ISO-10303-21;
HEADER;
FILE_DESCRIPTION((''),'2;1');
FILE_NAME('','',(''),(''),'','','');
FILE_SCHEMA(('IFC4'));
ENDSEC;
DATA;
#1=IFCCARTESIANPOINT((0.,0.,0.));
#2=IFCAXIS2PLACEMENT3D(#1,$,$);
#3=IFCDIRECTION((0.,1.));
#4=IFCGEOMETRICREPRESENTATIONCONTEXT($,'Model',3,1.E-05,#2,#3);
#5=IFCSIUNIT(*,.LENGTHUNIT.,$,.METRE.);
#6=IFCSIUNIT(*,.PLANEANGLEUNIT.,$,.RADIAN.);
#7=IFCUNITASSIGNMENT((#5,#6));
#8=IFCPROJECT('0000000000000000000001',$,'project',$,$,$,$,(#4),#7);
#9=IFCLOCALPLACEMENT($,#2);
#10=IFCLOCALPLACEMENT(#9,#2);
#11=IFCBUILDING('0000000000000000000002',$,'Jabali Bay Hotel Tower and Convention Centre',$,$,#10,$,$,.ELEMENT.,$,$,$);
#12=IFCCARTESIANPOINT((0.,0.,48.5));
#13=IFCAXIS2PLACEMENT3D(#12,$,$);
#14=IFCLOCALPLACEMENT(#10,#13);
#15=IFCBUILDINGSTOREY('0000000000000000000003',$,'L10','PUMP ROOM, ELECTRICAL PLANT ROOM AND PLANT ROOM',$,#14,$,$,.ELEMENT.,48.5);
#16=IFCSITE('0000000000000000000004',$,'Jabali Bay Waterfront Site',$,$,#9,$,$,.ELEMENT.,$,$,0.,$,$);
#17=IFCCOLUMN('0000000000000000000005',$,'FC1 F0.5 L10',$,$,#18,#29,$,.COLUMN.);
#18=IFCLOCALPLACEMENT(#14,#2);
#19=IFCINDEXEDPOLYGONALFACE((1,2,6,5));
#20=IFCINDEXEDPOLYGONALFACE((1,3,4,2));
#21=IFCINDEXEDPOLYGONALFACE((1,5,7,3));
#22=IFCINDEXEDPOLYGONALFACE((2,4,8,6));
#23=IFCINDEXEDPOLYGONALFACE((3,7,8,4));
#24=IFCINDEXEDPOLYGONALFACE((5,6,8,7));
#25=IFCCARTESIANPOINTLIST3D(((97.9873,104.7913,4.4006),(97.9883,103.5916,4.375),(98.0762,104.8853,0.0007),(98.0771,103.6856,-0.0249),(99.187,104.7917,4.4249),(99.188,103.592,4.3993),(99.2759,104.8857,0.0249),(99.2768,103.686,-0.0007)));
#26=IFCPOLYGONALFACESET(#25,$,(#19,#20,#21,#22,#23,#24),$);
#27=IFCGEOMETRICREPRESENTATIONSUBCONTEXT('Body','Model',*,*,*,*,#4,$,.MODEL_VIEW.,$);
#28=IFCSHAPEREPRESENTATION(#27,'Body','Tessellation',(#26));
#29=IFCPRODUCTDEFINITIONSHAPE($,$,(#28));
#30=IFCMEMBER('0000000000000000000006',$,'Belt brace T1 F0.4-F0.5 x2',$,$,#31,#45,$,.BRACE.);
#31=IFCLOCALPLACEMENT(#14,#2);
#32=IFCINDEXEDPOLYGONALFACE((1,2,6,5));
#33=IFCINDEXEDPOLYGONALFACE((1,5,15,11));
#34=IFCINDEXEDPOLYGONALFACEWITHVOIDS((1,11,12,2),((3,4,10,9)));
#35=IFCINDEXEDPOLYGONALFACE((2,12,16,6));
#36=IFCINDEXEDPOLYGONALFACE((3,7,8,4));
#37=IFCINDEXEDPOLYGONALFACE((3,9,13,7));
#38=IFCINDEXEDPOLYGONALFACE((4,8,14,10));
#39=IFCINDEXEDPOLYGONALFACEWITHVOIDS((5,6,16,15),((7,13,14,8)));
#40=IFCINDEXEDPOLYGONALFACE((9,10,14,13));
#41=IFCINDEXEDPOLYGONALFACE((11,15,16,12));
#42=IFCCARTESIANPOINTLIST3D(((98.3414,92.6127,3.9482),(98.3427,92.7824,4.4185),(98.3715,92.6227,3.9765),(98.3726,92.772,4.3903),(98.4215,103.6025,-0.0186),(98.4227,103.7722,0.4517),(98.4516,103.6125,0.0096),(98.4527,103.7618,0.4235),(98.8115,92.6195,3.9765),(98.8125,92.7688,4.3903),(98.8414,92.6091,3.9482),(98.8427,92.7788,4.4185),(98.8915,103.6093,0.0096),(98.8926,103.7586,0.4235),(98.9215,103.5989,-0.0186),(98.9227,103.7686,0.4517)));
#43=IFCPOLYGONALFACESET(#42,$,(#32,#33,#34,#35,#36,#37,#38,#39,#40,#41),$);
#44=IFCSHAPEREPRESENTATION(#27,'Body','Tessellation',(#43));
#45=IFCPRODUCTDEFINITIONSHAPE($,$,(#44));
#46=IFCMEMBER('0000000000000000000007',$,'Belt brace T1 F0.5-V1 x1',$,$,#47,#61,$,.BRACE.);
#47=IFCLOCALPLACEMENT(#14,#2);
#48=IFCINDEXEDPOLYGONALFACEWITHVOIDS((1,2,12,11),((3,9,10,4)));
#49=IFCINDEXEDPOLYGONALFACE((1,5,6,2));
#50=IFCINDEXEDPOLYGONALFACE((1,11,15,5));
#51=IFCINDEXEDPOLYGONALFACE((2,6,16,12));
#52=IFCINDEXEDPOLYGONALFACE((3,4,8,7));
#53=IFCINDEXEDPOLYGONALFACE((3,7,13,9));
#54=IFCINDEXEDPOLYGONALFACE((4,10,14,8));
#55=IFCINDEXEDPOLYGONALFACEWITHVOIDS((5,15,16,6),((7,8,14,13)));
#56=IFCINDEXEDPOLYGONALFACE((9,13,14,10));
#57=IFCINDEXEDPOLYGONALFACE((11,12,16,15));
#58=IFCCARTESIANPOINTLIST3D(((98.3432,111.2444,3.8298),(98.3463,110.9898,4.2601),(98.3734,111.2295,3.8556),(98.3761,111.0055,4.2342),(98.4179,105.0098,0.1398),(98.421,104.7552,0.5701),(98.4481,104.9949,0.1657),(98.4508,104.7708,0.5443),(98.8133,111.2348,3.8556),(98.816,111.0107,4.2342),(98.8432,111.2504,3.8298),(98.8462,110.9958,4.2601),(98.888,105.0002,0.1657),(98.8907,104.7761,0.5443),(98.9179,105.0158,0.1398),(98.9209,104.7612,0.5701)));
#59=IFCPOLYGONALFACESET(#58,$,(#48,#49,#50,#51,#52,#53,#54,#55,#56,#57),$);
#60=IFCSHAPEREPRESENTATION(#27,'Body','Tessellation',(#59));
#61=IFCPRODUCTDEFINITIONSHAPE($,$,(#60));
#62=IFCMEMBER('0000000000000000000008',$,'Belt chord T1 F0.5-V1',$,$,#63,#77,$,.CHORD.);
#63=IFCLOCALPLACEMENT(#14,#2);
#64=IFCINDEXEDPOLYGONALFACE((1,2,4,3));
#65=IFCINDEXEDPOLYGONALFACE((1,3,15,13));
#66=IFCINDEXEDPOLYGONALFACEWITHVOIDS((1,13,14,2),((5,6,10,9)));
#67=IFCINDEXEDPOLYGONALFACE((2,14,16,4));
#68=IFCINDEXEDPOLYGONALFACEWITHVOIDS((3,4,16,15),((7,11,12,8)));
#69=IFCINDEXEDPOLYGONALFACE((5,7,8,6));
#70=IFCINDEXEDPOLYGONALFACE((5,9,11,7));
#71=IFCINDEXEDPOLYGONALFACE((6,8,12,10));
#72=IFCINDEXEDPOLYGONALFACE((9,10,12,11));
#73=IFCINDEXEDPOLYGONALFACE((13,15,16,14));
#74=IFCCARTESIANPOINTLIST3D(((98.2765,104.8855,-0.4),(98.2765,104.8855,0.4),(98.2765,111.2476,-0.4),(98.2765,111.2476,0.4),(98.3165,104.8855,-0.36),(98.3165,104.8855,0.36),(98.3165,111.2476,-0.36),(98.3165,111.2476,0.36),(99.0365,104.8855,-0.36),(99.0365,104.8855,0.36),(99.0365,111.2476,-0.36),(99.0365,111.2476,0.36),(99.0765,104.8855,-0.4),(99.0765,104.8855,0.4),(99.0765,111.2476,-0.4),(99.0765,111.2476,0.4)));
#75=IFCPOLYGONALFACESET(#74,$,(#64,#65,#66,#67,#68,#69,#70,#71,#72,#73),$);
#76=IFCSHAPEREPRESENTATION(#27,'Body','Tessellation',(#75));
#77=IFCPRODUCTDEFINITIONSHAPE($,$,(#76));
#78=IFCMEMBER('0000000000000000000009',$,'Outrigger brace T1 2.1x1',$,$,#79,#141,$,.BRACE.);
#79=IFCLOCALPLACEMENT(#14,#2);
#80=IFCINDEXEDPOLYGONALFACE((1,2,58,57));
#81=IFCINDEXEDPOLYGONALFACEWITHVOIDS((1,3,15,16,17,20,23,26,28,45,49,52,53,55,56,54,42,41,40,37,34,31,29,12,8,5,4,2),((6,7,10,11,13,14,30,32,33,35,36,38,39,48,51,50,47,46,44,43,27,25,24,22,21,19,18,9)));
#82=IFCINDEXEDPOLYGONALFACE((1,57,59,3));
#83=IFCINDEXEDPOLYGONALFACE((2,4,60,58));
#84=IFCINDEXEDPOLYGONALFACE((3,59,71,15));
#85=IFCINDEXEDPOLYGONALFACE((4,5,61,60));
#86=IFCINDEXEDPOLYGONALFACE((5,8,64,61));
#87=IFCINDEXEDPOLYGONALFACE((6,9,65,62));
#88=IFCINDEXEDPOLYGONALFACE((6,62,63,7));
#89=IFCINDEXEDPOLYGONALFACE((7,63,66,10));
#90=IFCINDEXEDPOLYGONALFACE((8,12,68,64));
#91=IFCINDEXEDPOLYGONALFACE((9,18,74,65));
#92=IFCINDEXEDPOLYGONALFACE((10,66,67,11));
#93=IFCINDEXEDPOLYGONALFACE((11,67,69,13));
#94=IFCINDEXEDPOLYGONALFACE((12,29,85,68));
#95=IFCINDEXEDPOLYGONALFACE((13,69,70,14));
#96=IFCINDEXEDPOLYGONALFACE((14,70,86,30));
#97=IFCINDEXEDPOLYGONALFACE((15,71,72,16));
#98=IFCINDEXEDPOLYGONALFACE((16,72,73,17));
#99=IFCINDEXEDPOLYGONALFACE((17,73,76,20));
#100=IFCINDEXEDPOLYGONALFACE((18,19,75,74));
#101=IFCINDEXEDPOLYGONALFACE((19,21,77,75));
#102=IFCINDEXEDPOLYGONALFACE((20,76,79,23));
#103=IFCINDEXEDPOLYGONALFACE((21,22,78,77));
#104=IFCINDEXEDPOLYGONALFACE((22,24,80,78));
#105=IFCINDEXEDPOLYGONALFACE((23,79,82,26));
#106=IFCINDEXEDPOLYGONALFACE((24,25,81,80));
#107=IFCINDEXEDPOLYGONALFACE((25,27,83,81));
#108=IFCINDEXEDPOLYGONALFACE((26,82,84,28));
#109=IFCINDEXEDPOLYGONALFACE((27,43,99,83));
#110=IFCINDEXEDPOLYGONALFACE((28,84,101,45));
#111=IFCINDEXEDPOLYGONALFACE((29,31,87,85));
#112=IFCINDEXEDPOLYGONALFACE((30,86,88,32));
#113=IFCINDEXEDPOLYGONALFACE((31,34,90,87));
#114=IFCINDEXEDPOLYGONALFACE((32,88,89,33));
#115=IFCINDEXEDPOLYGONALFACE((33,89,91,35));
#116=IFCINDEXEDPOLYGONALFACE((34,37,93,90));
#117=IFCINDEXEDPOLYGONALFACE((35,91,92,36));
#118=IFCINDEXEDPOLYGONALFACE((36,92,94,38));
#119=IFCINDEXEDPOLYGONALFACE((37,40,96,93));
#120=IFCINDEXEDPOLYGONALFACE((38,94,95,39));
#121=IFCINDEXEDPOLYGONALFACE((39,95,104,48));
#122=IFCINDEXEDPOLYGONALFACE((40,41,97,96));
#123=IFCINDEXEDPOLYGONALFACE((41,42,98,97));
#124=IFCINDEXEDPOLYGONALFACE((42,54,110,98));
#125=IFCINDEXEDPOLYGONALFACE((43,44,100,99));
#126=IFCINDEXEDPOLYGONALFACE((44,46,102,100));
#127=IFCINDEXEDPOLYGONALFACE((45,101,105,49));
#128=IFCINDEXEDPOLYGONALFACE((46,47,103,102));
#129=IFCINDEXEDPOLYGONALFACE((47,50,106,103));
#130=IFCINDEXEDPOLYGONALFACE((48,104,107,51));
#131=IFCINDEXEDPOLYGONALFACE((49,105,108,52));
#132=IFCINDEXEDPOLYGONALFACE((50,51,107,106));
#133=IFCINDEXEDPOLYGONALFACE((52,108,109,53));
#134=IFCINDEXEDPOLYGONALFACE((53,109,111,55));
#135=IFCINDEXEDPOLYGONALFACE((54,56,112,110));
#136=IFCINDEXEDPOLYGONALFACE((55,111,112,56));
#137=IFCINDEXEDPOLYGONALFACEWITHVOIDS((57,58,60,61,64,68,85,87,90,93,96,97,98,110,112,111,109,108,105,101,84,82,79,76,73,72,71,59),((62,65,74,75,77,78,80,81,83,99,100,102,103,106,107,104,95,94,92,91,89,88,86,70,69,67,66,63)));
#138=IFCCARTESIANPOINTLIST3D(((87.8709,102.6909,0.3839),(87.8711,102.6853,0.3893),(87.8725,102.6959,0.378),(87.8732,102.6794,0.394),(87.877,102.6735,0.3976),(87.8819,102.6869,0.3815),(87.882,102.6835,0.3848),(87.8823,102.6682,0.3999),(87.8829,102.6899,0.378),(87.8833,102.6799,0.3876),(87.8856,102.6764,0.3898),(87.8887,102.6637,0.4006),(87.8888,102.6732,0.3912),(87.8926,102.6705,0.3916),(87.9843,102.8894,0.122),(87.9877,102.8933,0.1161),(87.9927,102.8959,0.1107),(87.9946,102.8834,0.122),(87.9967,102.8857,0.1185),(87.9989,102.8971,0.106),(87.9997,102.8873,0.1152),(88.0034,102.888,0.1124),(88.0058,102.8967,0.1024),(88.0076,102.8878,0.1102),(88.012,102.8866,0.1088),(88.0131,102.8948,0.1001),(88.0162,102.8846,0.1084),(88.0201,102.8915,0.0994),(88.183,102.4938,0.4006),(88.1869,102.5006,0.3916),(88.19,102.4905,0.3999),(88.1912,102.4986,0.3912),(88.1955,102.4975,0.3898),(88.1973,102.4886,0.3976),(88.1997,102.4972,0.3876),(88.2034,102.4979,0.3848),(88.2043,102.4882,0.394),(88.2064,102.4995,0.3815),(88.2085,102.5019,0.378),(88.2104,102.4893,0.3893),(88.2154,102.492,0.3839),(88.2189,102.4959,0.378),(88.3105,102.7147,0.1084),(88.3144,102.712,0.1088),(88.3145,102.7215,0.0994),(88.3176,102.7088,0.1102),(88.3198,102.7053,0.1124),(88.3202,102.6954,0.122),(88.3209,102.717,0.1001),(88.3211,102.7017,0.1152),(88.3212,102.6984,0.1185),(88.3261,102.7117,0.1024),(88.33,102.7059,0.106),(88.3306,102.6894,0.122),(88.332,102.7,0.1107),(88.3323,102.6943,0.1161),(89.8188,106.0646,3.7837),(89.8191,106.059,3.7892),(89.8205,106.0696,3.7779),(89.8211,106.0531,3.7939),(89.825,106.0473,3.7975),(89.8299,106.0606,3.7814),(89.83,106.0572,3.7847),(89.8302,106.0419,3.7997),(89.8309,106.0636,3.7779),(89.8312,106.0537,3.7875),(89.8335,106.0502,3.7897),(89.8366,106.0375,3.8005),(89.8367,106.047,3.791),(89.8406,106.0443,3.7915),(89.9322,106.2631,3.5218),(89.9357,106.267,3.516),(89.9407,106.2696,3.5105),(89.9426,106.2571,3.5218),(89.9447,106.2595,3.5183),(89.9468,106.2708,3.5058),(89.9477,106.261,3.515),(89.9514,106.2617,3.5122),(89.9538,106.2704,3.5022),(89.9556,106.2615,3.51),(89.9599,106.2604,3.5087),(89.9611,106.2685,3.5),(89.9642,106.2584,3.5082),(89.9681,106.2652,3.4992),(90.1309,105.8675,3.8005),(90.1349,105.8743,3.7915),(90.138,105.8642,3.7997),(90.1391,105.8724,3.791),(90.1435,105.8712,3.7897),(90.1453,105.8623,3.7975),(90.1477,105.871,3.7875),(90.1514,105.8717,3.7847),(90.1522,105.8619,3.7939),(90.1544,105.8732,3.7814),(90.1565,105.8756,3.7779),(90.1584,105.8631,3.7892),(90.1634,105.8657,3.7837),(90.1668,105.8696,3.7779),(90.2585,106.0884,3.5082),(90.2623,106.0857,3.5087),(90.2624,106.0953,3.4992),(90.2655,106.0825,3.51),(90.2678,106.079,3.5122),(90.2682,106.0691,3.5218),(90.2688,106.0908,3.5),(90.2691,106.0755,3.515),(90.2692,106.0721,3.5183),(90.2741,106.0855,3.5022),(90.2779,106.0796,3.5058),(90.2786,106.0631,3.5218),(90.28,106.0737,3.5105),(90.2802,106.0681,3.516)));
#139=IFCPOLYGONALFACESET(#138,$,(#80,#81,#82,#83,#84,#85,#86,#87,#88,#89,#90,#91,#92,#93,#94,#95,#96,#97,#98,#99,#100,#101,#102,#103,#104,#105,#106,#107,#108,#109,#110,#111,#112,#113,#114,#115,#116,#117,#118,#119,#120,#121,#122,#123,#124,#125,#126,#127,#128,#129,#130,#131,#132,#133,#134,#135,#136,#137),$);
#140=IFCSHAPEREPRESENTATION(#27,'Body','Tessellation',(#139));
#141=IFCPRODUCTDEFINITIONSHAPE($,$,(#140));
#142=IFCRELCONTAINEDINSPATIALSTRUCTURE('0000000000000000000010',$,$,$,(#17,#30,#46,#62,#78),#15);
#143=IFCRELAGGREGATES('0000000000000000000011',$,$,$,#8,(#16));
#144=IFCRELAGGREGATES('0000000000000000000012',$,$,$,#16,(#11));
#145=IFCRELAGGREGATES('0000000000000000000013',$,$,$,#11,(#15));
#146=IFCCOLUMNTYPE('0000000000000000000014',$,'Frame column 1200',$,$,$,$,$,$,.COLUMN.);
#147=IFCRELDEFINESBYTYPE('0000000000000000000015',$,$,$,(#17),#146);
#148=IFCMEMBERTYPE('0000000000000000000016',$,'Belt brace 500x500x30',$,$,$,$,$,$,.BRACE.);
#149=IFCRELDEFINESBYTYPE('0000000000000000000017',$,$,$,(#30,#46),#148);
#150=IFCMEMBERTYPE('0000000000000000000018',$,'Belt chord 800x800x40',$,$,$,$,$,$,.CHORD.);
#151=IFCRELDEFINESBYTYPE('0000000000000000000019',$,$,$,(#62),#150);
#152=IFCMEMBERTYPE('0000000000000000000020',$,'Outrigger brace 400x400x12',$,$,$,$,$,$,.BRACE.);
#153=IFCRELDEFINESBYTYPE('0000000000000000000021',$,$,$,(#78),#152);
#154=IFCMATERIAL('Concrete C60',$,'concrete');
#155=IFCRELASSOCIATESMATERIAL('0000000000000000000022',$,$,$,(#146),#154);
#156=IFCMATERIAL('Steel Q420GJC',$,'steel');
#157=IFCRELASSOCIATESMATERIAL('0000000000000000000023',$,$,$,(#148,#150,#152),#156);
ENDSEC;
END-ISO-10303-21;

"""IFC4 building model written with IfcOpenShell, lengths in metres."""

from ifc_helpers import new_model, si_unit, direction, frame, origin, origin_2d, place, context, subcontext, project, spatial, rectangle, hollow_rectangle, extrude, material, material_profile, profile_set, type_object, element, save


model = new_model("IFC4")

# Units and contexts
model_context = context("Model", 3, precision=1e-05, world=origin(), true_north=direction((0.0, 1.0)))
body_context = subcontext(model_context, "Body", "Model", "MODEL_VIEW")
ifc_project = project(units=[si_unit("LENGTHUNIT", "METRE"), si_unit("PLANEANGLEUNIT", "RADIAN")], contexts=[model_context])

# Site, building, storey
site_placement = place(None, origin())
site = spatial("IfcSite", under=ifc_project, at=site_placement, Name="Jabali Bay Waterfront Site", CompositionType="ELEMENT", RefElevation=0.0)
building_placement = place(site_placement, origin())
building = spatial("IfcBuilding", under=site, at=building_placement, Name="Jabali Bay Hotel Tower and Convention Centre", CompositionType="ELEMENT")
storey_placement = place(building_placement, frame((0.0, 0.0, 48.5)))
storey = spatial("IfcBuildingStorey", under=building, at=storey_placement, Name="L10", Description="PUMP ROOM, ELECTRICAL PLANT ROOM AND PLANT ROOM", CompositionType="ELEMENT", Elevation=48.5)

# Column
ifc_material_1 = material(Name="Concrete C60", Category="concrete")
ifc_material_profile_1 = material_profile(ifc_material_1, rectangle(XDim=1.2, YDim=1.2, at=origin_2d()), Name="Frame column 1200")
ifc_profile_set_1 = profile_set([ifc_material_profile_1], Name="Concrete C60")
column_type = type_object("IfcColumnType", Name="Frame column 1200", PredefinedType="COLUMN", material=ifc_profile_set_1)
column_placement = place(storey_placement, frame((98.6765, 104.2856, 0.0), z_axis=(-0.020189, -0.021354, 0.999568), x_axis=(0.999796, 0.000353, 0.020201)))
element("IfcColumn", 1, at=column_placement, inside=storey, type_object=column_type, Name="FC1 F0.5 L10", PredefinedType="COLUMN", context=body_context, shape_type="SweptSolid", body=[
    extrude(rectangle(XDim=1.2, YDim=1.2, at=origin_2d()), origin(), (0.0, 0.0, 1.0), 4.4019),
])

# Members
ifc_material_2 = material(Name="Steel Q420GJC", Category="steel")
ifc_material_profile_2 = material_profile(ifc_material_2, hollow_rectangle(XDim=0.5, YDim=0.5, WallThickness=0.03, at=origin_2d()), Name="Belt brace 500x500x30")
ifc_profile_set_2 = profile_set([ifc_material_profile_2], Name="Steel Q420GJC")
member_type_1 = type_object("IfcMemberType", Name="Belt brace 500x500x30", PredefinedType="BRACE", material=ifc_profile_set_2)
member_1_placement = place(storey_placement, frame((98.6721, 103.6855, 0.2166), z_axis=(-0.006854, -0.940579, 0.339506), x_axis=(0.999973, -0.007286, 0.0)))
element("IfcMember", 2, at=member_1_placement, inside=storey, type_object=member_type_1, Name="Belt brace T1 F0.4-F0.5 x2", PredefinedType="BRACE", context=body_context, shape_type="SweptSolid", body=[
    extrude(hollow_rectangle(XDim=0.5, YDim=0.5, WallThickness=0.03, at=origin_2d()), origin(), (0.0, 0.0, 1.0), 11.6841),
])
member_2_placement = place(storey_placement, frame((98.6694, 104.8855, 0.355), z_axis=(-0.010311, 0.860527, 0.5093), x_axis=(-0.999928, -0.011982, 0.0)))
element("IfcMember", 3, at=member_2_placement, inside=storey, type_object=member_type_1, Name="Belt brace T1 F0.5-V1 x1", PredefinedType="BRACE", context=body_context, shape_type="SweptSolid", body=[
    extrude(hollow_rectangle(XDim=0.5, YDim=0.5, WallThickness=0.03, at=origin_2d()), origin(), (0.0, 0.0, 1.0), 7.2451),
])
ifc_material_profile_3 = material_profile(ifc_material_2, hollow_rectangle(XDim=0.8, YDim=0.8, WallThickness=0.04, at=origin_2d()), Name="Belt chord 800x800x40")
ifc_profile_set_3 = profile_set([ifc_material_profile_3], Name="Steel Q420GJC")
member_type_2 = type_object("IfcMemberType", Name="Belt chord 800x800x40", PredefinedType="CHORD", material=ifc_profile_set_3)
member_3_placement = place(storey_placement, frame((98.6765, 104.8855, 0.0), z_axis=(0.0, 1.0, 0.0), x_axis=(-1.0, 0.0, 0.0)))
element("IfcMember", 4, at=member_3_placement, inside=storey, type_object=member_type_2, Name="Belt chord T1 F0.5-V1", PredefinedType="CHORD", context=body_context, shape_type="SweptSolid", body=[
    extrude(hollow_rectangle(XDim=0.8, YDim=0.8, WallThickness=0.04, at=origin_2d()), origin(), (0.0, 0.0, 1.0), 6.3621),
])
ifc_material_profile_4 = material_profile(ifc_material_2, hollow_rectangle(XDim=0.3999, YDim=0.3999, WallThickness=0.012, InnerFilletRadius=0.0181, OuterFilletRadius=0.03, at=origin_2d()), Name="Outrigger brace 400x400x12")
ifc_profile_set_4 = profile_set([ifc_material_profile_4], Name="Steel Q420GJC")
member_type_3 = type_object("IfcMemberType", Name="Outrigger brace 400x400x12", PredefinedType="BRACE", material=ifc_profile_set_4)
member_4_placement = place(storey_placement, frame((88.1016, 102.6926, 0.25), z_axis=(0.376736, 0.652477, 0.657529), x_axis=(-0.866009, 0.500028, 0.0)))
element("IfcMember", 5, at=member_4_placement, inside=storey, type_object=member_type_3, Name="Outrigger brace T1 2.1x1", PredefinedType="BRACE", context=body_context, shape_type="SweptSolid", body=[
    extrude(hollow_rectangle(XDim=0.3999, YDim=0.3999, WallThickness=0.012, InnerFilletRadius=0.0181, OuterFilletRadius=0.03, at=origin_2d()), origin(), (0.0, 0.0, 1.0), 5.1707),
])

save(model, "model.ifc")
